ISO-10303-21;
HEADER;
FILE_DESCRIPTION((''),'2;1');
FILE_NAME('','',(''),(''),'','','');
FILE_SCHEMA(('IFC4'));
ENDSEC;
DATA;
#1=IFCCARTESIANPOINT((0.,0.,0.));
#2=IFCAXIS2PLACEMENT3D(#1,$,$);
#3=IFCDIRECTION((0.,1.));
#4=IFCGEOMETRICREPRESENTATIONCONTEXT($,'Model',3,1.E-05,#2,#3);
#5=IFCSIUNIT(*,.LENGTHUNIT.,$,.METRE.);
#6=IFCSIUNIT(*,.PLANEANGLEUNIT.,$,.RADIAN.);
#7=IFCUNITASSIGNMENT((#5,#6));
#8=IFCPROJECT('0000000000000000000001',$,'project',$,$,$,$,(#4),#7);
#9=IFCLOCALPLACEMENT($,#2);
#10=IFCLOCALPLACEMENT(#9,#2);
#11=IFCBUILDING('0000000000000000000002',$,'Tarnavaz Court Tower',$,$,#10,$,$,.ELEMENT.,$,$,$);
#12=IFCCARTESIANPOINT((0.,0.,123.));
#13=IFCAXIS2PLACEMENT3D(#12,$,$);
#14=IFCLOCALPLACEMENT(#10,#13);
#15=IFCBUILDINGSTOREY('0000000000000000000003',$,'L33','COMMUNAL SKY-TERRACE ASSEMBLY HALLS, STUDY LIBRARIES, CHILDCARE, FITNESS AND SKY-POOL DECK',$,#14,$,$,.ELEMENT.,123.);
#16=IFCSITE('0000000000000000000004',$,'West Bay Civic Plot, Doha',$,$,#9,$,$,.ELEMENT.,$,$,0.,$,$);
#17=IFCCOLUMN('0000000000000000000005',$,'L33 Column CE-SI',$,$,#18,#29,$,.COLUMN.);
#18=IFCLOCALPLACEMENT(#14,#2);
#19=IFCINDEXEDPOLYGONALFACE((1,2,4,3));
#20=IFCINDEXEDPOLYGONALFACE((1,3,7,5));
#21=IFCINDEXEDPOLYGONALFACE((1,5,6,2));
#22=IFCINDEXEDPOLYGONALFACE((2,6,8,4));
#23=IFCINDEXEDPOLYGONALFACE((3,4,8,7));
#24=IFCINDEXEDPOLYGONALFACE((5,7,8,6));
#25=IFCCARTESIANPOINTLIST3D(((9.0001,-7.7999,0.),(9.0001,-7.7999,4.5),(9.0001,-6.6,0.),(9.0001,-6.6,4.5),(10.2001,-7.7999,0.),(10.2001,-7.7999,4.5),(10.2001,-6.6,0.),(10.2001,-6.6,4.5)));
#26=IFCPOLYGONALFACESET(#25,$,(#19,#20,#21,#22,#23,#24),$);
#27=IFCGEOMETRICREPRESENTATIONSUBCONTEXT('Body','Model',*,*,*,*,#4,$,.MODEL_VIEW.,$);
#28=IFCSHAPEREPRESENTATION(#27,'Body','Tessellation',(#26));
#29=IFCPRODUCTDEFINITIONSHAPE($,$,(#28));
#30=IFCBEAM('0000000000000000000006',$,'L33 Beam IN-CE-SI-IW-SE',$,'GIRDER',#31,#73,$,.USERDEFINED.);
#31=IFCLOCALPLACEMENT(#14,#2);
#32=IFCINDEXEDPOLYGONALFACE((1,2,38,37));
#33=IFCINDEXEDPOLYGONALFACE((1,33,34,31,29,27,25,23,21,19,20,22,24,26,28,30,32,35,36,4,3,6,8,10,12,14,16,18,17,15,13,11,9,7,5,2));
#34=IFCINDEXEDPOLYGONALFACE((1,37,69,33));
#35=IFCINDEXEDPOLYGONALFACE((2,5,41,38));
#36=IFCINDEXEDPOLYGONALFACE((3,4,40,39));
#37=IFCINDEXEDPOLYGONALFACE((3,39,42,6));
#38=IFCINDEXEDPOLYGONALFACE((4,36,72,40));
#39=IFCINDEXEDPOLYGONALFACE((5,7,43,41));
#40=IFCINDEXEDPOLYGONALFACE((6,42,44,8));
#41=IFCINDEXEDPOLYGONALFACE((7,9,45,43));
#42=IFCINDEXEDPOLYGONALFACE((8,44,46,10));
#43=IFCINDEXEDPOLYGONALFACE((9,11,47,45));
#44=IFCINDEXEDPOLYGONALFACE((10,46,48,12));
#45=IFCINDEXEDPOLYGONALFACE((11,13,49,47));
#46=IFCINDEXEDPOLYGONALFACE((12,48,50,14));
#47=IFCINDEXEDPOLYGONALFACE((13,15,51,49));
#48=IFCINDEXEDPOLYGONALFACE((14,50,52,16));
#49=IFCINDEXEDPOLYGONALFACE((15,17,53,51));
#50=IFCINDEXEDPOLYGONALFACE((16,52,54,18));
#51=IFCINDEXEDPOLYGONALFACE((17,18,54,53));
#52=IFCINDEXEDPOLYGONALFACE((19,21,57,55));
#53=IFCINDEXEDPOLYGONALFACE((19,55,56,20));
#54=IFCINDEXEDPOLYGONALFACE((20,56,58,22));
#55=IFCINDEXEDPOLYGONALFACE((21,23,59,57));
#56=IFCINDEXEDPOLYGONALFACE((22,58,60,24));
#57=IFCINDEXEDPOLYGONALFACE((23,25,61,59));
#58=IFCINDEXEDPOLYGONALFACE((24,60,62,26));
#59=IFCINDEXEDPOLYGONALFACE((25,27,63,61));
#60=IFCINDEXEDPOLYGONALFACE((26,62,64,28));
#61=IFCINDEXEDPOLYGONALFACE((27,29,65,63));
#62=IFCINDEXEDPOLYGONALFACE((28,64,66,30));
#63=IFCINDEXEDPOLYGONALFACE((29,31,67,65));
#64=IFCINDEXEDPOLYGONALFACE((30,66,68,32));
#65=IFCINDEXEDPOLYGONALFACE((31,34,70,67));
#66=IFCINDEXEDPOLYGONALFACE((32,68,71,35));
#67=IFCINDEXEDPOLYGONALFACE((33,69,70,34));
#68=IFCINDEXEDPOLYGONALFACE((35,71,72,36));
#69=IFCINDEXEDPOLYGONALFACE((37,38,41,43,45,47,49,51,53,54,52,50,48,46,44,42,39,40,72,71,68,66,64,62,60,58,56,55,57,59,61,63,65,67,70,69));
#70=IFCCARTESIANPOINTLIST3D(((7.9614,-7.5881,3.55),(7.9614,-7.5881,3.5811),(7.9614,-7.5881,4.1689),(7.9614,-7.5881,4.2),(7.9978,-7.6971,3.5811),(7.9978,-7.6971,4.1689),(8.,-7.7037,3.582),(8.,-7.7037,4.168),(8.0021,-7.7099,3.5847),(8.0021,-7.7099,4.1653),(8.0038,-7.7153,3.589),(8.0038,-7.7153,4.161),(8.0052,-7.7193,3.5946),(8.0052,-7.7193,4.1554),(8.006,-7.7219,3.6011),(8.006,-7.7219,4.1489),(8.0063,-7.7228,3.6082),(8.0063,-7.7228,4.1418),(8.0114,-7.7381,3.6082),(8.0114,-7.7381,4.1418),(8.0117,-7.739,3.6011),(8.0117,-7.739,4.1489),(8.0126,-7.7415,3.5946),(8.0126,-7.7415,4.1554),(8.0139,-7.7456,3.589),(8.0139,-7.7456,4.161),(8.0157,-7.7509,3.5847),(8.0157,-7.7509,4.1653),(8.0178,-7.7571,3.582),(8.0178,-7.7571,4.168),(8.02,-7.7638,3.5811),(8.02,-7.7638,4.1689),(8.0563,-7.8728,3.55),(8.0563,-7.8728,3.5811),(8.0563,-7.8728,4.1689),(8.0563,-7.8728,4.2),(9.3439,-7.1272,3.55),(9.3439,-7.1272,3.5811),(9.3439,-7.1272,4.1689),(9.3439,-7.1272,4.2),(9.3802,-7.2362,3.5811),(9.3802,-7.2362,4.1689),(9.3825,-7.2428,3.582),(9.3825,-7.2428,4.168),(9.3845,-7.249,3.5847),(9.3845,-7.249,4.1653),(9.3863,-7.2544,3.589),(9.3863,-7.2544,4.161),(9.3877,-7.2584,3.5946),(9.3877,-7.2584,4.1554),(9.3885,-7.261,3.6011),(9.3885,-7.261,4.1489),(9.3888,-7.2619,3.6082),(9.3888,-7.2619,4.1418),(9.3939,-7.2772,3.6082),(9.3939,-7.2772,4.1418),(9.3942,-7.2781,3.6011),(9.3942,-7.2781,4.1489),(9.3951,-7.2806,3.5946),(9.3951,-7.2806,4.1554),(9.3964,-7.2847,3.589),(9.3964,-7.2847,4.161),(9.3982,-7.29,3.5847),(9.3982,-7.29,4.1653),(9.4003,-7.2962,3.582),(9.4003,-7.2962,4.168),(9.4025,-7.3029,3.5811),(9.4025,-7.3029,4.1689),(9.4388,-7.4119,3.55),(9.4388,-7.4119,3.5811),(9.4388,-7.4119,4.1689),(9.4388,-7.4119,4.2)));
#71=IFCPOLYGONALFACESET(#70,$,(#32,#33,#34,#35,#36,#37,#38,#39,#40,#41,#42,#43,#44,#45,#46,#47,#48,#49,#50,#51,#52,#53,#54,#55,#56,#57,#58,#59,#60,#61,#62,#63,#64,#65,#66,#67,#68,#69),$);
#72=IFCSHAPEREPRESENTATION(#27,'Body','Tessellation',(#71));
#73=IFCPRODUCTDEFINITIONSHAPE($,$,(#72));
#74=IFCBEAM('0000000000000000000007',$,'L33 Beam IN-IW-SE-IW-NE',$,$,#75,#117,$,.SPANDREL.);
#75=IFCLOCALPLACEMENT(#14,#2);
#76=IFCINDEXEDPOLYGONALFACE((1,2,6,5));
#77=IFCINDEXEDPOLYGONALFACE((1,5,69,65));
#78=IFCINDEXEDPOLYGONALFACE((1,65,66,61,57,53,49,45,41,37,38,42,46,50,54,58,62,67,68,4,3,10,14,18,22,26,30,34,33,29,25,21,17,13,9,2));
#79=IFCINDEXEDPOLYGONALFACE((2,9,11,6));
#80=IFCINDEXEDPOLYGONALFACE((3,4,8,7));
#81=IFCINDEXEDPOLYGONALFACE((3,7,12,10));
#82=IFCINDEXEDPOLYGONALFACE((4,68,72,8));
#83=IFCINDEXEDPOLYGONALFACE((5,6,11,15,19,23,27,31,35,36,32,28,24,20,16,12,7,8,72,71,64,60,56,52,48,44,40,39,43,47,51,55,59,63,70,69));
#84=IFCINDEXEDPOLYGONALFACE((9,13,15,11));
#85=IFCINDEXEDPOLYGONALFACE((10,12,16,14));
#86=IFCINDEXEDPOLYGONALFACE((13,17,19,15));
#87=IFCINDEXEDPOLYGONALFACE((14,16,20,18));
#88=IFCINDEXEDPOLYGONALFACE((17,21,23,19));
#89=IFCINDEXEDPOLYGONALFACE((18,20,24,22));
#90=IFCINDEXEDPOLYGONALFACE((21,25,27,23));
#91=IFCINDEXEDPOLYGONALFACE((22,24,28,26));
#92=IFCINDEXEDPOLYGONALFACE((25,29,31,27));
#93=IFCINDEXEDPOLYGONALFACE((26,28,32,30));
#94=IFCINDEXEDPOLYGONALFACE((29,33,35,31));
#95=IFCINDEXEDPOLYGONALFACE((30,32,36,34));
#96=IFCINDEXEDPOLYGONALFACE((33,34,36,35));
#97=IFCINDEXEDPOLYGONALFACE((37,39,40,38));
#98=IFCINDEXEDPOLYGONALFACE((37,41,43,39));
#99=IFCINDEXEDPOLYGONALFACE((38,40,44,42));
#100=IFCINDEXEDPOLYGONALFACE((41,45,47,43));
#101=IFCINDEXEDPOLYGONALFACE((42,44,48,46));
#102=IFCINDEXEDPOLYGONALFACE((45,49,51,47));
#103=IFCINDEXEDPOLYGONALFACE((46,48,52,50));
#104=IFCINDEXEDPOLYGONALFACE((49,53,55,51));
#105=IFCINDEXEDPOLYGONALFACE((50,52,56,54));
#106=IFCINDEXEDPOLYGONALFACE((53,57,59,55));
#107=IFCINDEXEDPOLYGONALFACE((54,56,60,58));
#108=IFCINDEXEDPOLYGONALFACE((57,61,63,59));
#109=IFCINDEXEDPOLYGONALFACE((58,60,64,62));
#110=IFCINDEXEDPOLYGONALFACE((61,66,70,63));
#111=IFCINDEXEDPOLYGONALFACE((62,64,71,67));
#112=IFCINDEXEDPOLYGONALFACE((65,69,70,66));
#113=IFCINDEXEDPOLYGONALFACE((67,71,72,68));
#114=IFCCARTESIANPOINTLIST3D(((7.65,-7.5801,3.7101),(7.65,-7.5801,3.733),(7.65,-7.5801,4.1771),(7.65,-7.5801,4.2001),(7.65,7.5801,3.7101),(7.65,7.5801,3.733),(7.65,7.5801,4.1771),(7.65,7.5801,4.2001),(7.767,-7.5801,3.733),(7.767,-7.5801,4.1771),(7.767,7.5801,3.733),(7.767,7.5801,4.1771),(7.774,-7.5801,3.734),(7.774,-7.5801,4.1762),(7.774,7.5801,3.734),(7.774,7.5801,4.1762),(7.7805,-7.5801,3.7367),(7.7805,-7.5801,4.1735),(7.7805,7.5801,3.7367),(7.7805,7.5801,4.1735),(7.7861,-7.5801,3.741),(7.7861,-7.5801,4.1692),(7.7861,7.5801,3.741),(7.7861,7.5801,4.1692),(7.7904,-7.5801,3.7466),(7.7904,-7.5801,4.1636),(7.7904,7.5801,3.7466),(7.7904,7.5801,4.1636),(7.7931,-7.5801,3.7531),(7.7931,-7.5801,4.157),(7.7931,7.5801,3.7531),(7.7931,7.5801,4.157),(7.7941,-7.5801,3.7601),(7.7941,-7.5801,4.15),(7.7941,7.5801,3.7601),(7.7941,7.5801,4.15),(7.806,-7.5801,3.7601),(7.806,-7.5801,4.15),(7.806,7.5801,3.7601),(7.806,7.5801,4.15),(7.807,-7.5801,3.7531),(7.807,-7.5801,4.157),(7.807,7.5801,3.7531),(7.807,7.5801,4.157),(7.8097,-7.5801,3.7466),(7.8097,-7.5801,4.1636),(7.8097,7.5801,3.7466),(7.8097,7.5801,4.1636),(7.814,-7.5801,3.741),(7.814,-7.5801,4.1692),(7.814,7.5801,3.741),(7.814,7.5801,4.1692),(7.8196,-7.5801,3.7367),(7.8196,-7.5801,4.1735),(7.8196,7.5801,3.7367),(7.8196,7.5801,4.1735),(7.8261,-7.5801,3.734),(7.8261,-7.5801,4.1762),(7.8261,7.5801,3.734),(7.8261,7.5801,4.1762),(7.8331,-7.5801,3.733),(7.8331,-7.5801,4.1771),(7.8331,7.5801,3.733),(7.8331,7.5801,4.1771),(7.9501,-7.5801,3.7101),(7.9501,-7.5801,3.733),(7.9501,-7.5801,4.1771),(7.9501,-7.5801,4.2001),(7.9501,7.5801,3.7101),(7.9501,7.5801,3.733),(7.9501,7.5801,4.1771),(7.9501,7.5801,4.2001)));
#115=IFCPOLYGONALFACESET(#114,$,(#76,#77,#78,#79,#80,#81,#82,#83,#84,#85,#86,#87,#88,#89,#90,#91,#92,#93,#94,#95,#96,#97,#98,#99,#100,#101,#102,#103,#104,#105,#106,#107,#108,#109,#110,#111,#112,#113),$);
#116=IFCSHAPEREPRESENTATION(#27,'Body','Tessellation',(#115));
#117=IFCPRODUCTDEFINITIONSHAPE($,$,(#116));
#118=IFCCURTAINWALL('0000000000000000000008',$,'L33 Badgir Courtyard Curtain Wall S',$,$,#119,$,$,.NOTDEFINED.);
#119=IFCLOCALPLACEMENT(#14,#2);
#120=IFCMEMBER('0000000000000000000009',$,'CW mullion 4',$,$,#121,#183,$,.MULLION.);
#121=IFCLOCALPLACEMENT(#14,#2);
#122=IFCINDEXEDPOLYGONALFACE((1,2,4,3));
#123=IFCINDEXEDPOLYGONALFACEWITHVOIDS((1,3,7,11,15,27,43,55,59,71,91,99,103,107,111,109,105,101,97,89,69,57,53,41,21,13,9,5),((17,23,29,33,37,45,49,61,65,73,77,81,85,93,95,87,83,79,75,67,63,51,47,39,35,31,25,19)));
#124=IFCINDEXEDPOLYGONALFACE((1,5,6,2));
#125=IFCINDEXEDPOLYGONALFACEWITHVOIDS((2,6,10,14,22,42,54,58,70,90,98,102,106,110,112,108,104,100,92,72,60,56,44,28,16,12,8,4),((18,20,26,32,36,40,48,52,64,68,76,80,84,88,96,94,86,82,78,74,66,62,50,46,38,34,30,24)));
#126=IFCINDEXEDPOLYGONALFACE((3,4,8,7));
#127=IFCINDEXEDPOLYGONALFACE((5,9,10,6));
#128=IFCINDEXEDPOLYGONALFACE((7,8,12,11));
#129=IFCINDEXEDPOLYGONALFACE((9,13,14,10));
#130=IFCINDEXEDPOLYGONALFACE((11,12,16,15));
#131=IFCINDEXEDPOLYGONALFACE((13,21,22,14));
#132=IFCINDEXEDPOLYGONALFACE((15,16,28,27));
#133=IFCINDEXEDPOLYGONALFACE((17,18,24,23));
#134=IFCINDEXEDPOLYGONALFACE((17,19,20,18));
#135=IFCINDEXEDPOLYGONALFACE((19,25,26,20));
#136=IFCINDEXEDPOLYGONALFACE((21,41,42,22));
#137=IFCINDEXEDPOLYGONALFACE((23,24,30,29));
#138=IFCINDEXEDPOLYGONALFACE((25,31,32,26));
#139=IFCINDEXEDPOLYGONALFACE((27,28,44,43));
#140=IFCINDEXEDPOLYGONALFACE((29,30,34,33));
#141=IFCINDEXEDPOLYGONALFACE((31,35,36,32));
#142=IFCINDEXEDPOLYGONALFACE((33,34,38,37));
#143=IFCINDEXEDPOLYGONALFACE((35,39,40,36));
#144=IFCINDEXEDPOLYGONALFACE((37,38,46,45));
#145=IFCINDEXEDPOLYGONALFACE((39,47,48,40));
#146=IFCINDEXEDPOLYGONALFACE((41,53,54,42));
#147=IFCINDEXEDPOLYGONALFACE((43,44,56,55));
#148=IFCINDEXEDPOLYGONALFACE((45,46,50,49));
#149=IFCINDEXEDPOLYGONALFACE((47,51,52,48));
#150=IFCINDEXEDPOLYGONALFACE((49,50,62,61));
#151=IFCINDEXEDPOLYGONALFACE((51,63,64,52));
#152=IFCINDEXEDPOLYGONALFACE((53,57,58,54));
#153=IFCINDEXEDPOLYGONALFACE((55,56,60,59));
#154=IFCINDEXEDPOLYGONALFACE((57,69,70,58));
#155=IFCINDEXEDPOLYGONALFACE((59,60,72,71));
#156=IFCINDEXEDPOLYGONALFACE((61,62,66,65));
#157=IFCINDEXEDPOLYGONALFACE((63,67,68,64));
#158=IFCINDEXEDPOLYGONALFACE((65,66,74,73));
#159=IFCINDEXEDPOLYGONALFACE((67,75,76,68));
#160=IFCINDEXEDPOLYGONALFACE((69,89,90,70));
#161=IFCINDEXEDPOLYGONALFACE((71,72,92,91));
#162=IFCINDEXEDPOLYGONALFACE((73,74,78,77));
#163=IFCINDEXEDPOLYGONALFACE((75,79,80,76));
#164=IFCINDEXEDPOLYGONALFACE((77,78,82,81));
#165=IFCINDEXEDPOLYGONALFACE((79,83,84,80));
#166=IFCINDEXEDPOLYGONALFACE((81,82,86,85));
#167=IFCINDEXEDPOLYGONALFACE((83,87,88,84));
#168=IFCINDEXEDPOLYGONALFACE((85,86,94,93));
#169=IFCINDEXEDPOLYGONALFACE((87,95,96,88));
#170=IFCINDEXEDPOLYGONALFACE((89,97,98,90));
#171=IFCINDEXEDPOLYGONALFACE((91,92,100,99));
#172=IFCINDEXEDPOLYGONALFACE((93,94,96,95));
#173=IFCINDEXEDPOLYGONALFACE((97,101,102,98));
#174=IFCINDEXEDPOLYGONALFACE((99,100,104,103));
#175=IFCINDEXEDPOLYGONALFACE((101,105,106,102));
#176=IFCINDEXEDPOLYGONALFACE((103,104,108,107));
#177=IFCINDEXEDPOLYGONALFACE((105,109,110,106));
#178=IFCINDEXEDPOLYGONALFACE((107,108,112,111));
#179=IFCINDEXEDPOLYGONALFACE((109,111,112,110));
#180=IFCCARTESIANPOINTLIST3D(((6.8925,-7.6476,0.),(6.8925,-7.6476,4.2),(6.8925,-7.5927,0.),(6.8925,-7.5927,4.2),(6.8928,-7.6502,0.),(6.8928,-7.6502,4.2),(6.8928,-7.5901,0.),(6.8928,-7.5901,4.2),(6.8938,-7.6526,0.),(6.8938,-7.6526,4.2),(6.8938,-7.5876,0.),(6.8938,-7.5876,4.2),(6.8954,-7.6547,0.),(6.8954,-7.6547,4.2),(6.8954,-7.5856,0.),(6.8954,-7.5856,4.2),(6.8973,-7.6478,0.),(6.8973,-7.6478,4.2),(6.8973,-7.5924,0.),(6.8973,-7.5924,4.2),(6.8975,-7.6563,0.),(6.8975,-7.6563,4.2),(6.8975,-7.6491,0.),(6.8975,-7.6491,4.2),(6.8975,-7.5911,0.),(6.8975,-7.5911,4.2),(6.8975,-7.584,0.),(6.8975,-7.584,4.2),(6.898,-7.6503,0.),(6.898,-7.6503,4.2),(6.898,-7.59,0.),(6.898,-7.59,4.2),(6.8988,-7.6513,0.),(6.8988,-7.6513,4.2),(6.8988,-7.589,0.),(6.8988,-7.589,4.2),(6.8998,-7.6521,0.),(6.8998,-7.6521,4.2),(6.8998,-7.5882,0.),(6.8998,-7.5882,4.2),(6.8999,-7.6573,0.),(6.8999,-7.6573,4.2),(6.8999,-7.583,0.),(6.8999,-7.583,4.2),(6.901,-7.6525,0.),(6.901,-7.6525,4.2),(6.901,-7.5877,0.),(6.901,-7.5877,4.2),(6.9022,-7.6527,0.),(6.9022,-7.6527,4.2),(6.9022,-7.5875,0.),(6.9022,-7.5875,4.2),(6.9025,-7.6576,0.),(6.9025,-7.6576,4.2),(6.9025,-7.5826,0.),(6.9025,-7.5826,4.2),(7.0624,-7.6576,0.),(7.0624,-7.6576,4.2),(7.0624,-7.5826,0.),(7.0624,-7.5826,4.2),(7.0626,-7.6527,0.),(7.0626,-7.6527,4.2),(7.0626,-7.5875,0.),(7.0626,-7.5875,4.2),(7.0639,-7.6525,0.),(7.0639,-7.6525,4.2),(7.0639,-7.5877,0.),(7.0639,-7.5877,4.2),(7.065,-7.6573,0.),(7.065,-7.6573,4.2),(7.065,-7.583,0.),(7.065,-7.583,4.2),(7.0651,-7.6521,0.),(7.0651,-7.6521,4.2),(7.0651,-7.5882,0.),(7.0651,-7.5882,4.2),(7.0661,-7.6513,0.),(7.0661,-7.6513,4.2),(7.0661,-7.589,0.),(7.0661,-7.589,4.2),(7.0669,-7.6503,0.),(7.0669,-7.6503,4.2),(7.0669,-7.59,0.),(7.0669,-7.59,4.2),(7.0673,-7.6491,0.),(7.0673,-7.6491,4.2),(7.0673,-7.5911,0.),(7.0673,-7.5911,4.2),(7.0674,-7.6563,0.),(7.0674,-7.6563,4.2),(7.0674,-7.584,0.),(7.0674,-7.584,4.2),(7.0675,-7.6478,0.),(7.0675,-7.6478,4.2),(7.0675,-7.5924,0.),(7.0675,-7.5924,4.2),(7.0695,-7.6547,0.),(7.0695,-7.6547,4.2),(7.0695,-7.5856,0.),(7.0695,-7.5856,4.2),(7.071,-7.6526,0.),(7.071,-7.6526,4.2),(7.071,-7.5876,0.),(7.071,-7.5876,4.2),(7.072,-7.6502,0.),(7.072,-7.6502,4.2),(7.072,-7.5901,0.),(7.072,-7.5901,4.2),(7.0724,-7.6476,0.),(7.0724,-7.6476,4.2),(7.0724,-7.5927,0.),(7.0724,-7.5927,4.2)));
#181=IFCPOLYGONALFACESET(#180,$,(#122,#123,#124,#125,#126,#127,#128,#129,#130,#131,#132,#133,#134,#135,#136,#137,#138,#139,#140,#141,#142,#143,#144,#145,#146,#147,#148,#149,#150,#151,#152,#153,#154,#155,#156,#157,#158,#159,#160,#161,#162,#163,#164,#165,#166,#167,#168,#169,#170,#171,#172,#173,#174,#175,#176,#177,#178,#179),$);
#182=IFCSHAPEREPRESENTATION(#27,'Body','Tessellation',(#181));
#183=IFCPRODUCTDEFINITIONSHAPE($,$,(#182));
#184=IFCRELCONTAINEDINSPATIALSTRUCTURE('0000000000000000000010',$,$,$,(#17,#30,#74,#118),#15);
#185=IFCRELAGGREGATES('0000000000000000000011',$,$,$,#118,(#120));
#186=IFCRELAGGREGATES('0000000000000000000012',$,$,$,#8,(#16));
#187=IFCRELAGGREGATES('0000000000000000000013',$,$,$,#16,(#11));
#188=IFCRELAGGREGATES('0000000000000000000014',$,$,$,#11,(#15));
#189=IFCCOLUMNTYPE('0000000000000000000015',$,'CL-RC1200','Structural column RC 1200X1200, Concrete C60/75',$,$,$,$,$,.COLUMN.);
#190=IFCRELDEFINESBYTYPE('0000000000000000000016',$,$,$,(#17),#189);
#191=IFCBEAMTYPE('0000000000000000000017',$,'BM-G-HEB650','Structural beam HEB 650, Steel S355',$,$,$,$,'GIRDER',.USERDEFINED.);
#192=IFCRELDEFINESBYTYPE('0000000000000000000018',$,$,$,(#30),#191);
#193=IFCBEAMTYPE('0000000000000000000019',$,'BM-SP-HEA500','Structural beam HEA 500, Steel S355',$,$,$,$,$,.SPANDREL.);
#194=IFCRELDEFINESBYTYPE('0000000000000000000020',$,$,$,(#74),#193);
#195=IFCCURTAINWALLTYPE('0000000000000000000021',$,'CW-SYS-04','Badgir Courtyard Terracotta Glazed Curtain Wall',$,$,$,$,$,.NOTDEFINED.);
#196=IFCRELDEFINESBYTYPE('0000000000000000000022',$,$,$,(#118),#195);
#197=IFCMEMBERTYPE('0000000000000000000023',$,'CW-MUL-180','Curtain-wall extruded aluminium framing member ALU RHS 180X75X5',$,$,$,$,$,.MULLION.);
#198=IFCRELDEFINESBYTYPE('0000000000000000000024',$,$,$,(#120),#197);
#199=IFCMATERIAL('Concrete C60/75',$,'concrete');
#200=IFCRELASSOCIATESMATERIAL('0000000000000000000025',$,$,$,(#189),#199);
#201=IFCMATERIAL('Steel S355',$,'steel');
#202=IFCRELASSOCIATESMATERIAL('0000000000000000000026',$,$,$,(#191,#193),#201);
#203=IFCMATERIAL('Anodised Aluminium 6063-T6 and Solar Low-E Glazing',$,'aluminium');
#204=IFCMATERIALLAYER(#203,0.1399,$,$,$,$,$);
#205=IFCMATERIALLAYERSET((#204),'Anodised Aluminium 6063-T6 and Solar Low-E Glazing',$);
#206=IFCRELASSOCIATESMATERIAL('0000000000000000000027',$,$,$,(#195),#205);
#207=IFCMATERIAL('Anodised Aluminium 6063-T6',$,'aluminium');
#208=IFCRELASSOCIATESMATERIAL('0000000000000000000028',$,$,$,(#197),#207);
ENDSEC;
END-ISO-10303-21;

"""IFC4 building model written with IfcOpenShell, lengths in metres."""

from ifc_helpers import new_model, si_unit, direction, frame, origin, origin_2d, place, context, subcontext, project, spatial, rectangle, hollow_rectangle, i_section, extrude, material, layer, layer_set, material_profile, profile_set, type_object, element, aggregate, save


model = new_model("IFC4")

# Units and contexts
model_context = context("Model", 3, precision=1e-05, world=origin(), true_north=direction((0.0, 1.0)))
body_context = subcontext(model_context, "Body", "Model", "MODEL_VIEW")
ifc_project = project(units=[si_unit("LENGTHUNIT", "METRE"), si_unit("PLANEANGLEUNIT", "RADIAN")], contexts=[model_context])

# Site, building, storey
site_placement = place(None, origin())
site = spatial("IfcSite", under=ifc_project, at=site_placement, Name="West Bay Civic Plot, Doha", CompositionType="ELEMENT", RefElevation=0.0)
building_placement = place(site_placement, origin())
building = spatial("IfcBuilding", under=site, at=building_placement, Name="Tarnavaz Court Tower", CompositionType="ELEMENT")
storey_placement = place(building_placement, frame((0.0, 0.0, 123.0)))
storey = spatial("IfcBuildingStorey", under=building, at=storey_placement, Name="L33", Description="COMMUNAL SKY-TERRACE ASSEMBLY HALLS, STUDY LIBRARIES, CHILDCARE, FITNESS AND SKY-POOL DECK", CompositionType="ELEMENT", Elevation=123.0)

# Column
ifc_material_1 = material(Name="Concrete C60/75", Category="concrete")
ifc_material_profile_1 = material_profile(ifc_material_1, rectangle(XDim=1.2, YDim=1.2, at=origin_2d()), Name="RC 1200X1200")
ifc_profile_set_1 = profile_set([ifc_material_profile_1], Name="Concrete C60/75")
column_type = type_object("IfcColumnType", Name="CL-RC1200", Description="Structural column RC 1200X1200, Concrete C60/75", PredefinedType="COLUMN", material=ifc_profile_set_1)
column_placement = place(storey_placement, frame((9.6001, -7.2, 0.0), z_axis=(0.0, 0.0, 1.0), x_axis=(1.0, 0.0, 0.0)))
element("IfcColumn", 1, at=column_placement, inside=storey, type_object=column_type, Name="L33 Column CE-SI", PredefinedType="COLUMN", context=body_context, shape_type="SweptSolid", body=[
    extrude(rectangle(XDim=1.2, YDim=1.2, at=origin_2d()), origin(), (0.0, 0.0, 1.0), 4.5),
])

# Beams
ifc_material_2 = material(Name="Steel S355", Category="steel")
ifc_material_profile_2 = material_profile(ifc_material_2, i_section(OverallWidth=0.3, OverallDepth=0.6499, WebThickness=0.0161, FlangeThickness=0.031, FilletRadius=0.0271, at=origin_2d()), Name="HEB 650")
ifc_profile_set_2 = profile_set([ifc_material_profile_2], Name="Steel S355")
beam_type_1 = type_object("IfcBeamType", Name="BM-G-HEB650", Description="Structural beam HEB 650, Steel S355", ElementType="GIRDER", PredefinedType="USERDEFINED", material=ifc_profile_set_2)
beam_1_placement = place(storey_placement, frame((9.3914, -7.2695, 3.875), z_axis=(-0.948667, -0.316278, 0.0), x_axis=(0.316278, -0.948667, 0.0)))
element("IfcBeam", 2, at=beam_1_placement, inside=storey, type_object=beam_type_1, Name="L33 Beam IN-CE-SI-IW-SE", ObjectType="GIRDER", PredefinedType="USERDEFINED", context=body_context, shape_type="SweptSolid", body=[
    extrude(i_section(OverallWidth=0.3, OverallDepth=0.6499, WebThickness=0.0161, FlangeThickness=0.031, FilletRadius=0.0271, at=origin_2d()), origin(), (0.0, 0.0, 1.0), 1.4573),
])
ifc_material_profile_3 = material_profile(ifc_material_2, i_section(OverallWidth=0.3, OverallDepth=0.49, WebThickness=0.012, FlangeThickness=0.0229, FilletRadius=0.0271, at=origin_2d()), Name="HEA 500")
ifc_profile_set_3 = profile_set([ifc_material_profile_3], Name="Steel S355")
beam_type_2 = type_object("IfcBeamType", Name="BM-SP-HEA500", Description="Structural beam HEA 500, Steel S355", PredefinedType="SPANDREL", material=ifc_profile_set_3)
beam_2_placement = place(storey_placement, frame((7.8, -7.5801, 3.9551), z_axis=(0.0, 1.0, 0.0), x_axis=(-1.0, 0.0, 0.0)))
element("IfcBeam", 3, at=beam_2_placement, inside=storey, type_object=beam_type_2, Name="L33 Beam IN-IW-SE-IW-NE", PredefinedType="SPANDREL", context=body_context, shape_type="SweptSolid", body=[
    extrude(i_section(OverallWidth=0.3, OverallDepth=0.49, WebThickness=0.012, FlangeThickness=0.0229, FilletRadius=0.0271, at=origin_2d()), origin(), (0.0, 0.0, 1.0), 15.1602),
])

# Curtain wall, member
ifc_material_3 = material(Name="Anodised Aluminium 6063-T6 and Solar Low-E Glazing", Category="aluminium")
ifc_layer_1 = layer(ifc_material_3, 0.1399)
ifc_layer_set_1 = layer_set([ifc_layer_1], Name="Anodised Aluminium 6063-T6 and Solar Low-E Glazing")
curtain_wall_type = type_object("IfcCurtainWallType", Name="CW-SYS-04", Description="Badgir Courtyard Terracotta Glazed Curtain Wall", PredefinedType="NOTDEFINED", material=ifc_layer_set_1)
curtain_wall_placement = place(storey_placement, origin())
curtain_wall = element("IfcCurtainWall", 4, at=curtain_wall_placement, inside=storey, type_object=curtain_wall_type, Name="L33 Badgir Courtyard Curtain Wall S", PredefinedType="NOTDEFINED")
ifc_material_4 = material(Name="Anodised Aluminium 6063-T6", Category="aluminium")
ifc_material_profile_4 = material_profile(ifc_material_4, hollow_rectangle(XDim=0.075, YDim=0.1799, WallThickness=0.0049, InnerFilletRadius=0.0049, OuterFilletRadius=0.01, at=origin_2d()), Name="ALU RHS 180X75X5")
ifc_profile_set_4 = profile_set([ifc_material_profile_4], Name="Anodised Aluminium 6063-T6")
member_type_1 = type_object("IfcMemberType", Name="CW-MUL-180", Description="Curtain-wall extruded aluminium framing member ALU RHS 180X75X5", PredefinedType="MULLION", material=ifc_profile_set_4)
member_1_placement = place(storey_placement, frame((6.9824, -7.6201, 0.0), z_axis=(0.0, 0.0, 1.0), x_axis=(0.0, 1.0, 0.0)))
member_1 = element("IfcMember", 5, at=member_1_placement, type_object=member_type_1, Name="CW mullion 4", PredefinedType="MULLION", context=body_context, shape_type="SweptSolid", body=[
    extrude(hollow_rectangle(XDim=0.075, YDim=0.1799, WallThickness=0.0049, InnerFilletRadius=0.0049, OuterFilletRadius=0.01, at=origin_2d()), origin(), (0.0, 0.0, 1.0), 4.2),
])
aggregate(curtain_wall, [member_1])

save(model, "model.ifc")
